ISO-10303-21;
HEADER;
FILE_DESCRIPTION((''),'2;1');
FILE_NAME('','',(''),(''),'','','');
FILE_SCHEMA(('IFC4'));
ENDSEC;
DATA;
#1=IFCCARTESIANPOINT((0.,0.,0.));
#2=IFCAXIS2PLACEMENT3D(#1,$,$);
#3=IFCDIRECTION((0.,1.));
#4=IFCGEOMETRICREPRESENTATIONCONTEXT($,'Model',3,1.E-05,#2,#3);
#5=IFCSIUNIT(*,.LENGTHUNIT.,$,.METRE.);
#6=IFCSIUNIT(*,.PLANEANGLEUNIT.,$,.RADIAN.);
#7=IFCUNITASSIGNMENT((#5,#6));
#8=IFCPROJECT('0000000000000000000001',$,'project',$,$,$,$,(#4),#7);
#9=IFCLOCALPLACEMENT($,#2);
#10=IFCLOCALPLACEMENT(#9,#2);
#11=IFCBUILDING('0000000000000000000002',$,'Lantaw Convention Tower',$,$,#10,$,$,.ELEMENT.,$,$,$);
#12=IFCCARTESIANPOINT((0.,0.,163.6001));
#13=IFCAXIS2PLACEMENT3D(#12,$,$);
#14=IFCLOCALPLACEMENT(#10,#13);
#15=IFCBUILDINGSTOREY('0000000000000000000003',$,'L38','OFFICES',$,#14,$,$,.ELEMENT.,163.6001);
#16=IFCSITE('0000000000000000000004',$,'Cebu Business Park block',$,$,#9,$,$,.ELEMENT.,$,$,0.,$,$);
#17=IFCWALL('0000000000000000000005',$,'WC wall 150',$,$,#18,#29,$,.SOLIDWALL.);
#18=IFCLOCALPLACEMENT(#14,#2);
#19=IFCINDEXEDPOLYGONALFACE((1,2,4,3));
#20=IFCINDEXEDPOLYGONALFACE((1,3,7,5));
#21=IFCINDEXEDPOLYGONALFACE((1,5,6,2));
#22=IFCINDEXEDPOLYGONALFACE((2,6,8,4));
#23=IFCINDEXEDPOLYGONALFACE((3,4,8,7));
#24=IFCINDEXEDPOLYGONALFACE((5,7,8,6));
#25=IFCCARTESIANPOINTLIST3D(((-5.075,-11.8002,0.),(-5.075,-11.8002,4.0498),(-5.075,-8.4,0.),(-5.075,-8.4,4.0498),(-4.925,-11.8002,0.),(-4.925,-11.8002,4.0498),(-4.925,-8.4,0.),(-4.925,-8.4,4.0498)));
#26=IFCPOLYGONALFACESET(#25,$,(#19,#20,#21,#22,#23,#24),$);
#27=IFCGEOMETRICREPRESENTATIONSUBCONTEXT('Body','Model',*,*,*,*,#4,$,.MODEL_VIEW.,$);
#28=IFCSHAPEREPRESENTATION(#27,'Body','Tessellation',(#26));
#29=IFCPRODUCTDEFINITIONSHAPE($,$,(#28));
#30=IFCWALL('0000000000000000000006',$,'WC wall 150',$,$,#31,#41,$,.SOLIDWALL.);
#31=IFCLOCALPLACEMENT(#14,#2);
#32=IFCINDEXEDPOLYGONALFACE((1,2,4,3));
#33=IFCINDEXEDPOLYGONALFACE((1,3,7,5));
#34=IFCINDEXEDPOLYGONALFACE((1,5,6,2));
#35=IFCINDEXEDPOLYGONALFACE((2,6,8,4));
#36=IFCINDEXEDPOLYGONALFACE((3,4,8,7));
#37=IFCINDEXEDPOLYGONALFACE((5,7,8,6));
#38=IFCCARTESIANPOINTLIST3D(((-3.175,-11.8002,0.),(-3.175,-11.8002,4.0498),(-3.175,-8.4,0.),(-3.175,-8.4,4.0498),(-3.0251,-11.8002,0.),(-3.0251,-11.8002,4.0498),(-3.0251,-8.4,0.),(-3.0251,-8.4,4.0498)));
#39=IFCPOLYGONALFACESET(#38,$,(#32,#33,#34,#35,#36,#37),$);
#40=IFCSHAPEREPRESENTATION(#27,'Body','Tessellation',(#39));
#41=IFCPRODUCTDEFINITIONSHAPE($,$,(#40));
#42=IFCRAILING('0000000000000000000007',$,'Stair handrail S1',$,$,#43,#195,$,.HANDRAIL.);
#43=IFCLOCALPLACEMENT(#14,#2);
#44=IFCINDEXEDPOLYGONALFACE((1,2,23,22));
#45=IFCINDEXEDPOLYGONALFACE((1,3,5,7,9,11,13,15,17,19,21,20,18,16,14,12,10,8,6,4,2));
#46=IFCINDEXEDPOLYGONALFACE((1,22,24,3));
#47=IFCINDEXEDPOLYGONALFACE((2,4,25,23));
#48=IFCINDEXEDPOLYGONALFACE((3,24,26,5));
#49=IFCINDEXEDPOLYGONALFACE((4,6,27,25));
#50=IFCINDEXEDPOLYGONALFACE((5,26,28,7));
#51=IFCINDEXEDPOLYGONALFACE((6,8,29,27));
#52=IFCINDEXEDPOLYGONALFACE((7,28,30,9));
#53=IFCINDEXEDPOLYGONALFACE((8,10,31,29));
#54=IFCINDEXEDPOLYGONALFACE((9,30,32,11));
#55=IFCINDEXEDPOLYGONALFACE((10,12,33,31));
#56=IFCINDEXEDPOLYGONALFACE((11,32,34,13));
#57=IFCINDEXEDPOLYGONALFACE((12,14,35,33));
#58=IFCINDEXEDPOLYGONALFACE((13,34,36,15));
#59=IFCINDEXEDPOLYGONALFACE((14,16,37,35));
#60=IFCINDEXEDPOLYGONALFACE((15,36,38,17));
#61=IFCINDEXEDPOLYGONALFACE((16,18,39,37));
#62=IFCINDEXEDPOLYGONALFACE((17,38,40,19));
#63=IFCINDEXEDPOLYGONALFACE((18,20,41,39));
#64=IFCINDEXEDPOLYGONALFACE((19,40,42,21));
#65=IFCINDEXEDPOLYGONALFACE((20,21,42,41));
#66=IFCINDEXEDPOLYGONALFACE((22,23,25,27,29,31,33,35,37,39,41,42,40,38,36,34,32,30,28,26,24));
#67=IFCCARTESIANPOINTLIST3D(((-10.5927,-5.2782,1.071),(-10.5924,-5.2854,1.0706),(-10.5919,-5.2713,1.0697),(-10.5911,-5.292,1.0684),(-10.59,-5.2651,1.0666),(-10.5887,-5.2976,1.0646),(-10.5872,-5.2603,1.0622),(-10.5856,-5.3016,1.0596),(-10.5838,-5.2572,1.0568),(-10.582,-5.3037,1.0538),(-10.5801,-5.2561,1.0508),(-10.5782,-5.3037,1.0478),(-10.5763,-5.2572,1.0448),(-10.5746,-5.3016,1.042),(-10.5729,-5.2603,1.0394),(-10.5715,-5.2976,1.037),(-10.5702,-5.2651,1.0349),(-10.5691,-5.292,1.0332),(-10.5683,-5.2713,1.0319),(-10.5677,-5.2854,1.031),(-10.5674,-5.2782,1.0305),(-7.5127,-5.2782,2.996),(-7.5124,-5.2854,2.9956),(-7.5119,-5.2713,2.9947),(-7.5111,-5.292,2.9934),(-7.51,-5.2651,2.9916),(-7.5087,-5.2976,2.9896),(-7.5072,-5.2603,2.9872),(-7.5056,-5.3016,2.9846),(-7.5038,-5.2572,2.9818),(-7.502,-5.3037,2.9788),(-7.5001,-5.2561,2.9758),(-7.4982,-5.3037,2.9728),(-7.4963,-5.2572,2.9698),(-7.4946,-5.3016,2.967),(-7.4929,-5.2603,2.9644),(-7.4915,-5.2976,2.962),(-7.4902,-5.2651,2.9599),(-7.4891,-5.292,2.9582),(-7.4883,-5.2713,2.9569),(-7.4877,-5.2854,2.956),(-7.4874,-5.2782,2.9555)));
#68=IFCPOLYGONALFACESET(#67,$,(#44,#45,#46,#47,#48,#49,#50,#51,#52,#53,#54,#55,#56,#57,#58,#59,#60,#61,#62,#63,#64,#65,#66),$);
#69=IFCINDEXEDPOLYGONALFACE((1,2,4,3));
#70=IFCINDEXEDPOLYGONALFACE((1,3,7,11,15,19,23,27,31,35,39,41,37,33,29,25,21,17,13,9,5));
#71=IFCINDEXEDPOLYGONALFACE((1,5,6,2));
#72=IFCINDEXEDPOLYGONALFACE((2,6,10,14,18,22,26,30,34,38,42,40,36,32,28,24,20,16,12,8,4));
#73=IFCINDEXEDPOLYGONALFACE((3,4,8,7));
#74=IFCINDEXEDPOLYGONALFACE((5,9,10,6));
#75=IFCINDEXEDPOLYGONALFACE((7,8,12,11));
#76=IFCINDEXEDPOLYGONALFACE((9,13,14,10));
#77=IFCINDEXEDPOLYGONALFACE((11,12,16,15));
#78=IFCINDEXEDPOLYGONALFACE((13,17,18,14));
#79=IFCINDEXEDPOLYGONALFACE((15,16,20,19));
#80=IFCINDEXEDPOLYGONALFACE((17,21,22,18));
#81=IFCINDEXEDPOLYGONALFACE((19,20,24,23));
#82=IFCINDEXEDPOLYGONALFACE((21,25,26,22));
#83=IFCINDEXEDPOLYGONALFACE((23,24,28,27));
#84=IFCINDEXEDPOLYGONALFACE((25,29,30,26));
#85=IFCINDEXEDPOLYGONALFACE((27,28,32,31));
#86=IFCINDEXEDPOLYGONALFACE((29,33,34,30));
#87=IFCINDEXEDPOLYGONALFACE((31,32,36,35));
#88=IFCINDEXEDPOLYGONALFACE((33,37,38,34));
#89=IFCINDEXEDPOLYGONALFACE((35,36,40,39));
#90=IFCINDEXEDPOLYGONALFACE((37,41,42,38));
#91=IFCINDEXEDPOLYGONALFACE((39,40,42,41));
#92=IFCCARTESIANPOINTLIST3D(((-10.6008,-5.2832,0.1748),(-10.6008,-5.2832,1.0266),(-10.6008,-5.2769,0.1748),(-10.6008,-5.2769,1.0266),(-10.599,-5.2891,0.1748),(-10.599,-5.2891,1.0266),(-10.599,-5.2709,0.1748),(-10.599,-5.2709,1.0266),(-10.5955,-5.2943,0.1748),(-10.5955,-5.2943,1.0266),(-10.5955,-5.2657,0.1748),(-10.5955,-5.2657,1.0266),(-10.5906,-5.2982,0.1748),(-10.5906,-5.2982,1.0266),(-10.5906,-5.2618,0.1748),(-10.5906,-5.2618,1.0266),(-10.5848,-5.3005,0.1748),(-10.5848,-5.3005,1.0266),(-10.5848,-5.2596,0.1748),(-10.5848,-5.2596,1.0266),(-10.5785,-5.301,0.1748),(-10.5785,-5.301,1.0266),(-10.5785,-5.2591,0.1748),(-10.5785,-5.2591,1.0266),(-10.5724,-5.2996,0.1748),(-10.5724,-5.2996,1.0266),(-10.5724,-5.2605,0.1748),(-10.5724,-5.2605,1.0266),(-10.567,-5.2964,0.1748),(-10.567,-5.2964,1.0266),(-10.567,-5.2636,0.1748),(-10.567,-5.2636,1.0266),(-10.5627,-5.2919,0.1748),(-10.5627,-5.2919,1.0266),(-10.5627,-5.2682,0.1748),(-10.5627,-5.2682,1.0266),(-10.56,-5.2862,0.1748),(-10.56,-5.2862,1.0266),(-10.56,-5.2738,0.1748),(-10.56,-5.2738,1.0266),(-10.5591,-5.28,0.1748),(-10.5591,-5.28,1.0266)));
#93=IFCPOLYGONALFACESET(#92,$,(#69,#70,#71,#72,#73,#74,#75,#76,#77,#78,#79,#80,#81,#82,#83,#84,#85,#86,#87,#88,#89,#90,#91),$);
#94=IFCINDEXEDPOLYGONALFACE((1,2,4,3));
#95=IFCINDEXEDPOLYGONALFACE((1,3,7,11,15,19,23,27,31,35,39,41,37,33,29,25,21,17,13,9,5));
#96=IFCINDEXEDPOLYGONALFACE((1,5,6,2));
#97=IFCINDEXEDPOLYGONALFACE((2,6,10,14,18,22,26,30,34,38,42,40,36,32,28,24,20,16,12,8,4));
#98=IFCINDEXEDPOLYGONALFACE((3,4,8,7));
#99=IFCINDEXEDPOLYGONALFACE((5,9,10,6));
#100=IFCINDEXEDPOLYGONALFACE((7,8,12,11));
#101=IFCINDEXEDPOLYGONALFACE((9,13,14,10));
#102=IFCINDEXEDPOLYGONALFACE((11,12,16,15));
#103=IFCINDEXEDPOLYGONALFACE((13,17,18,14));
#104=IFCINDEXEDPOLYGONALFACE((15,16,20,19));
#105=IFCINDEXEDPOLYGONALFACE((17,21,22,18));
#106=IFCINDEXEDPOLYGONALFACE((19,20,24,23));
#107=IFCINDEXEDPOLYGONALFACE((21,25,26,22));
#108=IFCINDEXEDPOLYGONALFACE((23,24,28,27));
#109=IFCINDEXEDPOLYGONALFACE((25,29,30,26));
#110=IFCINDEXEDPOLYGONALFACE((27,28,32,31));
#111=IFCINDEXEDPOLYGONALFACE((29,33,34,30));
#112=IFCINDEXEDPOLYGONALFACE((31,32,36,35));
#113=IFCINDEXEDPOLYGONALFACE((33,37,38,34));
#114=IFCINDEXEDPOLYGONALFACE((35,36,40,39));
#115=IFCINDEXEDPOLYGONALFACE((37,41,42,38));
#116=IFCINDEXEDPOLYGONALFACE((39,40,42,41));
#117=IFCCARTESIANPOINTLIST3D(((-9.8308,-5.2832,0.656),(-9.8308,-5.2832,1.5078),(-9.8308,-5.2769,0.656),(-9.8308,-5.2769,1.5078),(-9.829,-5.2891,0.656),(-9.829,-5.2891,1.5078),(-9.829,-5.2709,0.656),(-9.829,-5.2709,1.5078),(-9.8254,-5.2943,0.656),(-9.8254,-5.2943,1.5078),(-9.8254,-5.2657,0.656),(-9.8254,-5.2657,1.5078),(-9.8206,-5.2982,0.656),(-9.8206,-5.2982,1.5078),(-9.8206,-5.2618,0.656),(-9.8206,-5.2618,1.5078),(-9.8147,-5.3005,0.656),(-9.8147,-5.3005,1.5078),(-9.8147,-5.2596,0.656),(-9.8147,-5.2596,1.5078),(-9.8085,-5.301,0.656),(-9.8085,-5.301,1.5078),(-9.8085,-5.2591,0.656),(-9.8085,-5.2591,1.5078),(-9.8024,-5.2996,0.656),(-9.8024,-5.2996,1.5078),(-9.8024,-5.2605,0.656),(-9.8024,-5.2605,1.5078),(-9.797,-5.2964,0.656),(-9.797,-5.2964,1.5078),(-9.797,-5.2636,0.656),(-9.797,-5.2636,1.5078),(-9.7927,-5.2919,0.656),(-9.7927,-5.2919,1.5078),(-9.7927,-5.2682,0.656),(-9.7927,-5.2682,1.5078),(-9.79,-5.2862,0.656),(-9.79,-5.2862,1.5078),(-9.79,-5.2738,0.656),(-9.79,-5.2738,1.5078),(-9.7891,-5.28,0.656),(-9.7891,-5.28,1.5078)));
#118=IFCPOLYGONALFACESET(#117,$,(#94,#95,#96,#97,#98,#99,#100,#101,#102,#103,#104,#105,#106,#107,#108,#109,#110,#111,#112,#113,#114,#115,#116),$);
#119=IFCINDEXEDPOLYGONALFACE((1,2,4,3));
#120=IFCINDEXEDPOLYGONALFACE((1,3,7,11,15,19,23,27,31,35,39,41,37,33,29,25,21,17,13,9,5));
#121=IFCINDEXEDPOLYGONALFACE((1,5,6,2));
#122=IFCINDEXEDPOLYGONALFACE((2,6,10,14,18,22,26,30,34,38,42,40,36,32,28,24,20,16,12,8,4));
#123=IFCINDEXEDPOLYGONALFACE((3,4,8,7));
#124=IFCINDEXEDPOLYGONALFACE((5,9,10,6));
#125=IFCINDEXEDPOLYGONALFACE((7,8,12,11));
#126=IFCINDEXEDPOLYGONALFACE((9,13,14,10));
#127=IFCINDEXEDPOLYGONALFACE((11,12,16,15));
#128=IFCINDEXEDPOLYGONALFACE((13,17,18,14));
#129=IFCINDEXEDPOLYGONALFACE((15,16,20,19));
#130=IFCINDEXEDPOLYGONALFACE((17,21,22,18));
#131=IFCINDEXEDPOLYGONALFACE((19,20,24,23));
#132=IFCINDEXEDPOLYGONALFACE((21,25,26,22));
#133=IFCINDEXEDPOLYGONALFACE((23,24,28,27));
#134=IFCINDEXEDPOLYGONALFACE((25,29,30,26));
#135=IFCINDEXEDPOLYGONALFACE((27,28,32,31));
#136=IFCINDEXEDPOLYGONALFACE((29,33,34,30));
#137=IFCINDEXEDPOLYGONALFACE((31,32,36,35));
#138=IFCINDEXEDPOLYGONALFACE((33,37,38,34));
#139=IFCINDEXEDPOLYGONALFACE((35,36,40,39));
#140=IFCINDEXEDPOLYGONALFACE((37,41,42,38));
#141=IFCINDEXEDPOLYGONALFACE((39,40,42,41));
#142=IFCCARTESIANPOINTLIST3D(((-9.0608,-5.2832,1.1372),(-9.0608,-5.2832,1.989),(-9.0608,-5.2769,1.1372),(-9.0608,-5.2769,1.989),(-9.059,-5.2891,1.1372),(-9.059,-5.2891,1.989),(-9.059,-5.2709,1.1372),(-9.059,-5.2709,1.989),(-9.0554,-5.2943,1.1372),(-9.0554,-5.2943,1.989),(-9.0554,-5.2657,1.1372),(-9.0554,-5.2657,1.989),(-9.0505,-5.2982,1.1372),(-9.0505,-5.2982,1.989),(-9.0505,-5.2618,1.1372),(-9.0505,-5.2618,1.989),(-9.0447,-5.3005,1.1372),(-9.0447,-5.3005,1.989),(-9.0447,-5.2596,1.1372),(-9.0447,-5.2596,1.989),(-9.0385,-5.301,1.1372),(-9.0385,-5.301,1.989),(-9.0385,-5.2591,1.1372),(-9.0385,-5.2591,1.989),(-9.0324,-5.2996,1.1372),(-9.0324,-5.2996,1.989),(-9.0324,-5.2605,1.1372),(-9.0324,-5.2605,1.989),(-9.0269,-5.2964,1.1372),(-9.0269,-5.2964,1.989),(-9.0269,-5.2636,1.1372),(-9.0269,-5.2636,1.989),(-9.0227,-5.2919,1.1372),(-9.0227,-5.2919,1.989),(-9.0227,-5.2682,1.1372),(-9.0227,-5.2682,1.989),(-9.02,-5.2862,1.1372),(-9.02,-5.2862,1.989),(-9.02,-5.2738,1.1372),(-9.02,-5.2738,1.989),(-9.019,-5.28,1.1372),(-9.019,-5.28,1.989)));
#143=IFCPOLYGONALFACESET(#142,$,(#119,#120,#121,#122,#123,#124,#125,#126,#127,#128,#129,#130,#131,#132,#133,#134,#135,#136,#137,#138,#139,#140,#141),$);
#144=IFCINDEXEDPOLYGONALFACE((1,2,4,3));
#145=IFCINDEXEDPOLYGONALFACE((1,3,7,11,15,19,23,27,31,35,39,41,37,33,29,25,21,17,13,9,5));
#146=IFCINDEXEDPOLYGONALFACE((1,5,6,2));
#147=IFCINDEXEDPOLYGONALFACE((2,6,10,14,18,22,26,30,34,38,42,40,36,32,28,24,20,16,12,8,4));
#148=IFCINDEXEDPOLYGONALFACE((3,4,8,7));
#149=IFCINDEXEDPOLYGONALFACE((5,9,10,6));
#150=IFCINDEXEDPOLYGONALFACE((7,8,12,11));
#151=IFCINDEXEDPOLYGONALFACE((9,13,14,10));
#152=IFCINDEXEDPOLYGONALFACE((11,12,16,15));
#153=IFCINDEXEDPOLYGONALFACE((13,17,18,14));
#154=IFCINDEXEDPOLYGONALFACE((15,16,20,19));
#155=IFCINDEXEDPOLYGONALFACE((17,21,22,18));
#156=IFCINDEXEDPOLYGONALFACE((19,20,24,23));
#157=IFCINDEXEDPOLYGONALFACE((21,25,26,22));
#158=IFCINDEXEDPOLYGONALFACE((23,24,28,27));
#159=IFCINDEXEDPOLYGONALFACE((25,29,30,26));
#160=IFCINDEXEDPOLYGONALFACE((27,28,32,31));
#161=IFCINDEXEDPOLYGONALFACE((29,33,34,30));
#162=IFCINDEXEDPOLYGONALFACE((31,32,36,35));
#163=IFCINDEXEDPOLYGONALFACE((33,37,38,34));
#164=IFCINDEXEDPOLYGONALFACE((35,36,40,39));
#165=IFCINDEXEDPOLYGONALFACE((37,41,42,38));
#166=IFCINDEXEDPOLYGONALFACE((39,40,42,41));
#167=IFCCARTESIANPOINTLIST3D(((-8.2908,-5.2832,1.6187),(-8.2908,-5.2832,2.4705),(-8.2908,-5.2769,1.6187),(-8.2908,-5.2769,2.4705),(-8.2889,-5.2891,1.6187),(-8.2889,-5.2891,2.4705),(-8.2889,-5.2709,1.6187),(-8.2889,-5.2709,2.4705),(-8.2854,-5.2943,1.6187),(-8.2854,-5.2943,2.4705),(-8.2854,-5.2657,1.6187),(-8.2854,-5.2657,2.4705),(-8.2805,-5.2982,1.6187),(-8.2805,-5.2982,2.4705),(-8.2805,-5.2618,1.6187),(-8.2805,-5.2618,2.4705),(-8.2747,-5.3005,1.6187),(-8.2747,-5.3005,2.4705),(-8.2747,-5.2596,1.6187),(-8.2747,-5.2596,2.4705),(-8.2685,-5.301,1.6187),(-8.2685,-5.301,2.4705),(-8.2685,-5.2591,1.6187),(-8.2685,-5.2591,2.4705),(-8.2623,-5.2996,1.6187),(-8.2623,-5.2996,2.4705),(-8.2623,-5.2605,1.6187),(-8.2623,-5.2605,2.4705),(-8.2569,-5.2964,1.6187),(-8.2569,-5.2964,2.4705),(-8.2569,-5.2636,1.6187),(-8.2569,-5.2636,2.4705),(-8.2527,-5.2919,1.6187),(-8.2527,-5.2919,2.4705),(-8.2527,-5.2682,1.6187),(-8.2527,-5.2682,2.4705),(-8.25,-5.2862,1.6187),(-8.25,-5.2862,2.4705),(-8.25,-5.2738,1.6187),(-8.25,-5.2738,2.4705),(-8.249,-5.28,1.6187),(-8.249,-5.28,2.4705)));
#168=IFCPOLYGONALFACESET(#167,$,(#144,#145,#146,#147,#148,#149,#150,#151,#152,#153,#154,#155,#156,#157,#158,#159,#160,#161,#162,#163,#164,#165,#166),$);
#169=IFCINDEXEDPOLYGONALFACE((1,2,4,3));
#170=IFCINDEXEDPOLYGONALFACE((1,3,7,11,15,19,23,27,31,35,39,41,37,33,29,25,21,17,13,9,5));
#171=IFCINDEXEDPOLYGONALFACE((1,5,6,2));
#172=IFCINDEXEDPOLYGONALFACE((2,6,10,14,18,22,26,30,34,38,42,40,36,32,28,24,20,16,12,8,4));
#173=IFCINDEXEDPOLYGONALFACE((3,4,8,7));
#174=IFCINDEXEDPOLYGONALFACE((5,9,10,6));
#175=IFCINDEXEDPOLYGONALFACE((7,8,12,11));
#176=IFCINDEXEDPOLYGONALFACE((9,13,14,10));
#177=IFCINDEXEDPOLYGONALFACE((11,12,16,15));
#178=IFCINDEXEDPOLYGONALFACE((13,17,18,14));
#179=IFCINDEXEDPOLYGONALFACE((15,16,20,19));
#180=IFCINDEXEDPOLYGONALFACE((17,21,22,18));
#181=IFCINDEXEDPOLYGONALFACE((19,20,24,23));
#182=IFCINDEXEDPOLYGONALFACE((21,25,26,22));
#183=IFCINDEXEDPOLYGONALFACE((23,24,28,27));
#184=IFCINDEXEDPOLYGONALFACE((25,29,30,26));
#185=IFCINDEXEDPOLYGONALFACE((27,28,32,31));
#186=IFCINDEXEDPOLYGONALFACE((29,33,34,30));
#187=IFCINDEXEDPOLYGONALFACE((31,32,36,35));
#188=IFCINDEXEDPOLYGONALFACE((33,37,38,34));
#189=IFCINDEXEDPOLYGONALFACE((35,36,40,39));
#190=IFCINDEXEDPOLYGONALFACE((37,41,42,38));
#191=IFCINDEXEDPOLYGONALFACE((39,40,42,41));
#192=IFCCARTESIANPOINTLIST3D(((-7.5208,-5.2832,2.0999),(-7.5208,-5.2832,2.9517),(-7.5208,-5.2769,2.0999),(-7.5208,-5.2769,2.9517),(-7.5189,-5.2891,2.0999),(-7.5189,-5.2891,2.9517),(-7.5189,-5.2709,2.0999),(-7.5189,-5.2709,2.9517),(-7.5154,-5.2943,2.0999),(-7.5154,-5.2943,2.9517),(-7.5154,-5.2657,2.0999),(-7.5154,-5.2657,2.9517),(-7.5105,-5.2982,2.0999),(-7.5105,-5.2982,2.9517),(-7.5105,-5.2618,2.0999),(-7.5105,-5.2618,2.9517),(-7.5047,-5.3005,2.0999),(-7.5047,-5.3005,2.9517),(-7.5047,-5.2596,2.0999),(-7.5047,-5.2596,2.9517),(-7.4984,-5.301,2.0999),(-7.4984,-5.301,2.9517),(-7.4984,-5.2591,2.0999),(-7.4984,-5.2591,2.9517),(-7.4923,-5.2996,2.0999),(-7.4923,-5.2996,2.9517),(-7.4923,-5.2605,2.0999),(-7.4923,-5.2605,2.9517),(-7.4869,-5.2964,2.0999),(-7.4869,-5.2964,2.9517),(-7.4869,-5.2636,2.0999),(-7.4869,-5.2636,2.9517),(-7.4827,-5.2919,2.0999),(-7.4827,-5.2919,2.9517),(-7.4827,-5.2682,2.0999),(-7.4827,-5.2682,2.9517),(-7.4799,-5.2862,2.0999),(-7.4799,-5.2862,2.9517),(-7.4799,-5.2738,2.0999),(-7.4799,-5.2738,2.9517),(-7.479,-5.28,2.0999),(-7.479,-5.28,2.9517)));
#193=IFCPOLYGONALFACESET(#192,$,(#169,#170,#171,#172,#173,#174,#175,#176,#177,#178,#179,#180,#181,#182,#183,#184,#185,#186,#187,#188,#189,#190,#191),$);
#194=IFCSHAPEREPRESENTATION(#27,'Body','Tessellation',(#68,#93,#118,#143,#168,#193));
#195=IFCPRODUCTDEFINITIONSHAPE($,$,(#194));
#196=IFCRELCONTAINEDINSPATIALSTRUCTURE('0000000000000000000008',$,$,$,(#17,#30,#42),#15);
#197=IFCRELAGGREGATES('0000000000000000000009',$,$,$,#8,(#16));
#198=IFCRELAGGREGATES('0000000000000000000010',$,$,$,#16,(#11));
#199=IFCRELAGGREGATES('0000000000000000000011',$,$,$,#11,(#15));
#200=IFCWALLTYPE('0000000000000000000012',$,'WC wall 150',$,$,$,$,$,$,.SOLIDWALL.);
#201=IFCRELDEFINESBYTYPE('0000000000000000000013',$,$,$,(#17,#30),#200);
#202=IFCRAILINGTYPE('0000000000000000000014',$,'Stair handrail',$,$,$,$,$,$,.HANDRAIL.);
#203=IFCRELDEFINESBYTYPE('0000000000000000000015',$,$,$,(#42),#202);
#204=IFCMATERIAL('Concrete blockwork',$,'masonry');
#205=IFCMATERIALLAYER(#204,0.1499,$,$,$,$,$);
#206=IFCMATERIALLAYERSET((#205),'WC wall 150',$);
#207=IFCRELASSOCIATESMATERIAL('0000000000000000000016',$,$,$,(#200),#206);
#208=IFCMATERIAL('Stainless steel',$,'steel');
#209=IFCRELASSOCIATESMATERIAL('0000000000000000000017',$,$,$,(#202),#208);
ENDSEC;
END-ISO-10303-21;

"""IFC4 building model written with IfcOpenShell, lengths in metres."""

from ifc_helpers import new_model, si_unit, direction, frame, frame_2d, origin, origin_2d, place, context, subcontext, project, spatial, rectangle, circle, extrude, material, layer, layer_set, type_object, element, save


model = new_model("IFC4")

# Units and contexts
model_context = context("Model", 3, precision=1e-05, world=origin(), true_north=direction((0.0, 1.0)))
body_context = subcontext(model_context, "Body", "Model", "MODEL_VIEW")
ifc_project = project(units=[si_unit("LENGTHUNIT", "METRE"), si_unit("PLANEANGLEUNIT", "RADIAN")], contexts=[model_context])

# Site, building, storey
site_placement = place(None, origin())
site = spatial("IfcSite", under=ifc_project, at=site_placement, Name="Cebu Business Park block", CompositionType="ELEMENT", RefElevation=0.0)
building_placement = place(site_placement, origin())
building = spatial("IfcBuilding", under=site, at=building_placement, Name="Lantaw Convention Tower", CompositionType="ELEMENT")
storey_placement = place(building_placement, frame((0.0, 0.0, 163.6001)))
storey = spatial("IfcBuildingStorey", under=building, at=storey_placement, Name="L38", Description="OFFICES", CompositionType="ELEMENT", Elevation=163.6001)

# Walls
ifc_material_1 = material(Name="Concrete blockwork", Category="masonry")
ifc_layer_1 = layer(ifc_material_1, 0.1499)
ifc_layer_set_1 = layer_set([ifc_layer_1], Name="WC wall 150")
wall_type_1 = type_object("IfcWallType", Name="WC wall 150", PredefinedType="SOLIDWALL", material=ifc_layer_set_1)
for number, where, z_axis, x_axis, name in (
    (1, (-5.0, -8.3999, 0.0), (0.0, 0.0, 1.0), (0.0, -1.0, 0.0), "WC wall 150"),
    (2, (-3.1001, -8.3999, 0.0), (0.0, 0.0, 1.0), (0.0, -1.0, 0.0), "WC wall 150"),
):
    element("IfcWall", number, at=place(storey_placement, frame(where, z_axis=z_axis, x_axis=x_axis)), inside=storey, type_object=wall_type_1, Name=name, PredefinedType="SOLIDWALL", context=body_context, shape_type="SweptSolid", body=[
        extrude(rectangle(XDim=3.4001, YDim=0.1499, at=frame_2d((1.7002, 0.0))), origin(), (0.0, 0.0, 1.0), 4.0498),
    ])

# Railing
ifc_material_2 = material(Name="Stainless steel", Category="steel")
railing_type = type_object("IfcRailingType", Name="Stair handrail", PredefinedType="HANDRAIL", material=ifc_material_2)
railing_1_placement = place(storey_placement, frame((-10.5801, -5.28, 0.1748)))
element("IfcRailing", 3, at=railing_1_placement, inside=storey, type_object=railing_type, Name="Stair handrail S1", PredefinedType="HANDRAIL", context=body_context, shape_type="SweptSolid", body=[
    extrude(circle(Radius=0.0239, at=origin_2d()), frame((0.0, 0.0, 0.876), z_axis=(0.847998, 0.0, 0.529999), x_axis=(0.0, 1.0, 0.0)), (0.0, 0.0, 1.0), 3.6321),
    extrude(circle(Radius=0.021, at=origin_2d()), origin(), (0.0, 0.0, 1.0), 0.8518),
    extrude(circle(Radius=0.021, at=origin_2d()), frame((0.77, 0.0, 0.4812)), (0.0, 0.0, 1.0), 0.8518),
    extrude(circle(Radius=0.021, at=origin_2d()), frame((1.54, 0.0, 0.9624)), (0.0, 0.0, 1.0), 0.8518),
    extrude(circle(Radius=0.021, at=origin_2d()), frame((2.3101, 0.0, 1.4438)), (0.0, 0.0, 1.0), 0.8518),
    extrude(circle(Radius=0.021, at=origin_2d()), frame((3.0801, 0.0, 1.925)), (0.0, 0.0, 1.0), 0.8518),
])

save(model, "model.ifc")
